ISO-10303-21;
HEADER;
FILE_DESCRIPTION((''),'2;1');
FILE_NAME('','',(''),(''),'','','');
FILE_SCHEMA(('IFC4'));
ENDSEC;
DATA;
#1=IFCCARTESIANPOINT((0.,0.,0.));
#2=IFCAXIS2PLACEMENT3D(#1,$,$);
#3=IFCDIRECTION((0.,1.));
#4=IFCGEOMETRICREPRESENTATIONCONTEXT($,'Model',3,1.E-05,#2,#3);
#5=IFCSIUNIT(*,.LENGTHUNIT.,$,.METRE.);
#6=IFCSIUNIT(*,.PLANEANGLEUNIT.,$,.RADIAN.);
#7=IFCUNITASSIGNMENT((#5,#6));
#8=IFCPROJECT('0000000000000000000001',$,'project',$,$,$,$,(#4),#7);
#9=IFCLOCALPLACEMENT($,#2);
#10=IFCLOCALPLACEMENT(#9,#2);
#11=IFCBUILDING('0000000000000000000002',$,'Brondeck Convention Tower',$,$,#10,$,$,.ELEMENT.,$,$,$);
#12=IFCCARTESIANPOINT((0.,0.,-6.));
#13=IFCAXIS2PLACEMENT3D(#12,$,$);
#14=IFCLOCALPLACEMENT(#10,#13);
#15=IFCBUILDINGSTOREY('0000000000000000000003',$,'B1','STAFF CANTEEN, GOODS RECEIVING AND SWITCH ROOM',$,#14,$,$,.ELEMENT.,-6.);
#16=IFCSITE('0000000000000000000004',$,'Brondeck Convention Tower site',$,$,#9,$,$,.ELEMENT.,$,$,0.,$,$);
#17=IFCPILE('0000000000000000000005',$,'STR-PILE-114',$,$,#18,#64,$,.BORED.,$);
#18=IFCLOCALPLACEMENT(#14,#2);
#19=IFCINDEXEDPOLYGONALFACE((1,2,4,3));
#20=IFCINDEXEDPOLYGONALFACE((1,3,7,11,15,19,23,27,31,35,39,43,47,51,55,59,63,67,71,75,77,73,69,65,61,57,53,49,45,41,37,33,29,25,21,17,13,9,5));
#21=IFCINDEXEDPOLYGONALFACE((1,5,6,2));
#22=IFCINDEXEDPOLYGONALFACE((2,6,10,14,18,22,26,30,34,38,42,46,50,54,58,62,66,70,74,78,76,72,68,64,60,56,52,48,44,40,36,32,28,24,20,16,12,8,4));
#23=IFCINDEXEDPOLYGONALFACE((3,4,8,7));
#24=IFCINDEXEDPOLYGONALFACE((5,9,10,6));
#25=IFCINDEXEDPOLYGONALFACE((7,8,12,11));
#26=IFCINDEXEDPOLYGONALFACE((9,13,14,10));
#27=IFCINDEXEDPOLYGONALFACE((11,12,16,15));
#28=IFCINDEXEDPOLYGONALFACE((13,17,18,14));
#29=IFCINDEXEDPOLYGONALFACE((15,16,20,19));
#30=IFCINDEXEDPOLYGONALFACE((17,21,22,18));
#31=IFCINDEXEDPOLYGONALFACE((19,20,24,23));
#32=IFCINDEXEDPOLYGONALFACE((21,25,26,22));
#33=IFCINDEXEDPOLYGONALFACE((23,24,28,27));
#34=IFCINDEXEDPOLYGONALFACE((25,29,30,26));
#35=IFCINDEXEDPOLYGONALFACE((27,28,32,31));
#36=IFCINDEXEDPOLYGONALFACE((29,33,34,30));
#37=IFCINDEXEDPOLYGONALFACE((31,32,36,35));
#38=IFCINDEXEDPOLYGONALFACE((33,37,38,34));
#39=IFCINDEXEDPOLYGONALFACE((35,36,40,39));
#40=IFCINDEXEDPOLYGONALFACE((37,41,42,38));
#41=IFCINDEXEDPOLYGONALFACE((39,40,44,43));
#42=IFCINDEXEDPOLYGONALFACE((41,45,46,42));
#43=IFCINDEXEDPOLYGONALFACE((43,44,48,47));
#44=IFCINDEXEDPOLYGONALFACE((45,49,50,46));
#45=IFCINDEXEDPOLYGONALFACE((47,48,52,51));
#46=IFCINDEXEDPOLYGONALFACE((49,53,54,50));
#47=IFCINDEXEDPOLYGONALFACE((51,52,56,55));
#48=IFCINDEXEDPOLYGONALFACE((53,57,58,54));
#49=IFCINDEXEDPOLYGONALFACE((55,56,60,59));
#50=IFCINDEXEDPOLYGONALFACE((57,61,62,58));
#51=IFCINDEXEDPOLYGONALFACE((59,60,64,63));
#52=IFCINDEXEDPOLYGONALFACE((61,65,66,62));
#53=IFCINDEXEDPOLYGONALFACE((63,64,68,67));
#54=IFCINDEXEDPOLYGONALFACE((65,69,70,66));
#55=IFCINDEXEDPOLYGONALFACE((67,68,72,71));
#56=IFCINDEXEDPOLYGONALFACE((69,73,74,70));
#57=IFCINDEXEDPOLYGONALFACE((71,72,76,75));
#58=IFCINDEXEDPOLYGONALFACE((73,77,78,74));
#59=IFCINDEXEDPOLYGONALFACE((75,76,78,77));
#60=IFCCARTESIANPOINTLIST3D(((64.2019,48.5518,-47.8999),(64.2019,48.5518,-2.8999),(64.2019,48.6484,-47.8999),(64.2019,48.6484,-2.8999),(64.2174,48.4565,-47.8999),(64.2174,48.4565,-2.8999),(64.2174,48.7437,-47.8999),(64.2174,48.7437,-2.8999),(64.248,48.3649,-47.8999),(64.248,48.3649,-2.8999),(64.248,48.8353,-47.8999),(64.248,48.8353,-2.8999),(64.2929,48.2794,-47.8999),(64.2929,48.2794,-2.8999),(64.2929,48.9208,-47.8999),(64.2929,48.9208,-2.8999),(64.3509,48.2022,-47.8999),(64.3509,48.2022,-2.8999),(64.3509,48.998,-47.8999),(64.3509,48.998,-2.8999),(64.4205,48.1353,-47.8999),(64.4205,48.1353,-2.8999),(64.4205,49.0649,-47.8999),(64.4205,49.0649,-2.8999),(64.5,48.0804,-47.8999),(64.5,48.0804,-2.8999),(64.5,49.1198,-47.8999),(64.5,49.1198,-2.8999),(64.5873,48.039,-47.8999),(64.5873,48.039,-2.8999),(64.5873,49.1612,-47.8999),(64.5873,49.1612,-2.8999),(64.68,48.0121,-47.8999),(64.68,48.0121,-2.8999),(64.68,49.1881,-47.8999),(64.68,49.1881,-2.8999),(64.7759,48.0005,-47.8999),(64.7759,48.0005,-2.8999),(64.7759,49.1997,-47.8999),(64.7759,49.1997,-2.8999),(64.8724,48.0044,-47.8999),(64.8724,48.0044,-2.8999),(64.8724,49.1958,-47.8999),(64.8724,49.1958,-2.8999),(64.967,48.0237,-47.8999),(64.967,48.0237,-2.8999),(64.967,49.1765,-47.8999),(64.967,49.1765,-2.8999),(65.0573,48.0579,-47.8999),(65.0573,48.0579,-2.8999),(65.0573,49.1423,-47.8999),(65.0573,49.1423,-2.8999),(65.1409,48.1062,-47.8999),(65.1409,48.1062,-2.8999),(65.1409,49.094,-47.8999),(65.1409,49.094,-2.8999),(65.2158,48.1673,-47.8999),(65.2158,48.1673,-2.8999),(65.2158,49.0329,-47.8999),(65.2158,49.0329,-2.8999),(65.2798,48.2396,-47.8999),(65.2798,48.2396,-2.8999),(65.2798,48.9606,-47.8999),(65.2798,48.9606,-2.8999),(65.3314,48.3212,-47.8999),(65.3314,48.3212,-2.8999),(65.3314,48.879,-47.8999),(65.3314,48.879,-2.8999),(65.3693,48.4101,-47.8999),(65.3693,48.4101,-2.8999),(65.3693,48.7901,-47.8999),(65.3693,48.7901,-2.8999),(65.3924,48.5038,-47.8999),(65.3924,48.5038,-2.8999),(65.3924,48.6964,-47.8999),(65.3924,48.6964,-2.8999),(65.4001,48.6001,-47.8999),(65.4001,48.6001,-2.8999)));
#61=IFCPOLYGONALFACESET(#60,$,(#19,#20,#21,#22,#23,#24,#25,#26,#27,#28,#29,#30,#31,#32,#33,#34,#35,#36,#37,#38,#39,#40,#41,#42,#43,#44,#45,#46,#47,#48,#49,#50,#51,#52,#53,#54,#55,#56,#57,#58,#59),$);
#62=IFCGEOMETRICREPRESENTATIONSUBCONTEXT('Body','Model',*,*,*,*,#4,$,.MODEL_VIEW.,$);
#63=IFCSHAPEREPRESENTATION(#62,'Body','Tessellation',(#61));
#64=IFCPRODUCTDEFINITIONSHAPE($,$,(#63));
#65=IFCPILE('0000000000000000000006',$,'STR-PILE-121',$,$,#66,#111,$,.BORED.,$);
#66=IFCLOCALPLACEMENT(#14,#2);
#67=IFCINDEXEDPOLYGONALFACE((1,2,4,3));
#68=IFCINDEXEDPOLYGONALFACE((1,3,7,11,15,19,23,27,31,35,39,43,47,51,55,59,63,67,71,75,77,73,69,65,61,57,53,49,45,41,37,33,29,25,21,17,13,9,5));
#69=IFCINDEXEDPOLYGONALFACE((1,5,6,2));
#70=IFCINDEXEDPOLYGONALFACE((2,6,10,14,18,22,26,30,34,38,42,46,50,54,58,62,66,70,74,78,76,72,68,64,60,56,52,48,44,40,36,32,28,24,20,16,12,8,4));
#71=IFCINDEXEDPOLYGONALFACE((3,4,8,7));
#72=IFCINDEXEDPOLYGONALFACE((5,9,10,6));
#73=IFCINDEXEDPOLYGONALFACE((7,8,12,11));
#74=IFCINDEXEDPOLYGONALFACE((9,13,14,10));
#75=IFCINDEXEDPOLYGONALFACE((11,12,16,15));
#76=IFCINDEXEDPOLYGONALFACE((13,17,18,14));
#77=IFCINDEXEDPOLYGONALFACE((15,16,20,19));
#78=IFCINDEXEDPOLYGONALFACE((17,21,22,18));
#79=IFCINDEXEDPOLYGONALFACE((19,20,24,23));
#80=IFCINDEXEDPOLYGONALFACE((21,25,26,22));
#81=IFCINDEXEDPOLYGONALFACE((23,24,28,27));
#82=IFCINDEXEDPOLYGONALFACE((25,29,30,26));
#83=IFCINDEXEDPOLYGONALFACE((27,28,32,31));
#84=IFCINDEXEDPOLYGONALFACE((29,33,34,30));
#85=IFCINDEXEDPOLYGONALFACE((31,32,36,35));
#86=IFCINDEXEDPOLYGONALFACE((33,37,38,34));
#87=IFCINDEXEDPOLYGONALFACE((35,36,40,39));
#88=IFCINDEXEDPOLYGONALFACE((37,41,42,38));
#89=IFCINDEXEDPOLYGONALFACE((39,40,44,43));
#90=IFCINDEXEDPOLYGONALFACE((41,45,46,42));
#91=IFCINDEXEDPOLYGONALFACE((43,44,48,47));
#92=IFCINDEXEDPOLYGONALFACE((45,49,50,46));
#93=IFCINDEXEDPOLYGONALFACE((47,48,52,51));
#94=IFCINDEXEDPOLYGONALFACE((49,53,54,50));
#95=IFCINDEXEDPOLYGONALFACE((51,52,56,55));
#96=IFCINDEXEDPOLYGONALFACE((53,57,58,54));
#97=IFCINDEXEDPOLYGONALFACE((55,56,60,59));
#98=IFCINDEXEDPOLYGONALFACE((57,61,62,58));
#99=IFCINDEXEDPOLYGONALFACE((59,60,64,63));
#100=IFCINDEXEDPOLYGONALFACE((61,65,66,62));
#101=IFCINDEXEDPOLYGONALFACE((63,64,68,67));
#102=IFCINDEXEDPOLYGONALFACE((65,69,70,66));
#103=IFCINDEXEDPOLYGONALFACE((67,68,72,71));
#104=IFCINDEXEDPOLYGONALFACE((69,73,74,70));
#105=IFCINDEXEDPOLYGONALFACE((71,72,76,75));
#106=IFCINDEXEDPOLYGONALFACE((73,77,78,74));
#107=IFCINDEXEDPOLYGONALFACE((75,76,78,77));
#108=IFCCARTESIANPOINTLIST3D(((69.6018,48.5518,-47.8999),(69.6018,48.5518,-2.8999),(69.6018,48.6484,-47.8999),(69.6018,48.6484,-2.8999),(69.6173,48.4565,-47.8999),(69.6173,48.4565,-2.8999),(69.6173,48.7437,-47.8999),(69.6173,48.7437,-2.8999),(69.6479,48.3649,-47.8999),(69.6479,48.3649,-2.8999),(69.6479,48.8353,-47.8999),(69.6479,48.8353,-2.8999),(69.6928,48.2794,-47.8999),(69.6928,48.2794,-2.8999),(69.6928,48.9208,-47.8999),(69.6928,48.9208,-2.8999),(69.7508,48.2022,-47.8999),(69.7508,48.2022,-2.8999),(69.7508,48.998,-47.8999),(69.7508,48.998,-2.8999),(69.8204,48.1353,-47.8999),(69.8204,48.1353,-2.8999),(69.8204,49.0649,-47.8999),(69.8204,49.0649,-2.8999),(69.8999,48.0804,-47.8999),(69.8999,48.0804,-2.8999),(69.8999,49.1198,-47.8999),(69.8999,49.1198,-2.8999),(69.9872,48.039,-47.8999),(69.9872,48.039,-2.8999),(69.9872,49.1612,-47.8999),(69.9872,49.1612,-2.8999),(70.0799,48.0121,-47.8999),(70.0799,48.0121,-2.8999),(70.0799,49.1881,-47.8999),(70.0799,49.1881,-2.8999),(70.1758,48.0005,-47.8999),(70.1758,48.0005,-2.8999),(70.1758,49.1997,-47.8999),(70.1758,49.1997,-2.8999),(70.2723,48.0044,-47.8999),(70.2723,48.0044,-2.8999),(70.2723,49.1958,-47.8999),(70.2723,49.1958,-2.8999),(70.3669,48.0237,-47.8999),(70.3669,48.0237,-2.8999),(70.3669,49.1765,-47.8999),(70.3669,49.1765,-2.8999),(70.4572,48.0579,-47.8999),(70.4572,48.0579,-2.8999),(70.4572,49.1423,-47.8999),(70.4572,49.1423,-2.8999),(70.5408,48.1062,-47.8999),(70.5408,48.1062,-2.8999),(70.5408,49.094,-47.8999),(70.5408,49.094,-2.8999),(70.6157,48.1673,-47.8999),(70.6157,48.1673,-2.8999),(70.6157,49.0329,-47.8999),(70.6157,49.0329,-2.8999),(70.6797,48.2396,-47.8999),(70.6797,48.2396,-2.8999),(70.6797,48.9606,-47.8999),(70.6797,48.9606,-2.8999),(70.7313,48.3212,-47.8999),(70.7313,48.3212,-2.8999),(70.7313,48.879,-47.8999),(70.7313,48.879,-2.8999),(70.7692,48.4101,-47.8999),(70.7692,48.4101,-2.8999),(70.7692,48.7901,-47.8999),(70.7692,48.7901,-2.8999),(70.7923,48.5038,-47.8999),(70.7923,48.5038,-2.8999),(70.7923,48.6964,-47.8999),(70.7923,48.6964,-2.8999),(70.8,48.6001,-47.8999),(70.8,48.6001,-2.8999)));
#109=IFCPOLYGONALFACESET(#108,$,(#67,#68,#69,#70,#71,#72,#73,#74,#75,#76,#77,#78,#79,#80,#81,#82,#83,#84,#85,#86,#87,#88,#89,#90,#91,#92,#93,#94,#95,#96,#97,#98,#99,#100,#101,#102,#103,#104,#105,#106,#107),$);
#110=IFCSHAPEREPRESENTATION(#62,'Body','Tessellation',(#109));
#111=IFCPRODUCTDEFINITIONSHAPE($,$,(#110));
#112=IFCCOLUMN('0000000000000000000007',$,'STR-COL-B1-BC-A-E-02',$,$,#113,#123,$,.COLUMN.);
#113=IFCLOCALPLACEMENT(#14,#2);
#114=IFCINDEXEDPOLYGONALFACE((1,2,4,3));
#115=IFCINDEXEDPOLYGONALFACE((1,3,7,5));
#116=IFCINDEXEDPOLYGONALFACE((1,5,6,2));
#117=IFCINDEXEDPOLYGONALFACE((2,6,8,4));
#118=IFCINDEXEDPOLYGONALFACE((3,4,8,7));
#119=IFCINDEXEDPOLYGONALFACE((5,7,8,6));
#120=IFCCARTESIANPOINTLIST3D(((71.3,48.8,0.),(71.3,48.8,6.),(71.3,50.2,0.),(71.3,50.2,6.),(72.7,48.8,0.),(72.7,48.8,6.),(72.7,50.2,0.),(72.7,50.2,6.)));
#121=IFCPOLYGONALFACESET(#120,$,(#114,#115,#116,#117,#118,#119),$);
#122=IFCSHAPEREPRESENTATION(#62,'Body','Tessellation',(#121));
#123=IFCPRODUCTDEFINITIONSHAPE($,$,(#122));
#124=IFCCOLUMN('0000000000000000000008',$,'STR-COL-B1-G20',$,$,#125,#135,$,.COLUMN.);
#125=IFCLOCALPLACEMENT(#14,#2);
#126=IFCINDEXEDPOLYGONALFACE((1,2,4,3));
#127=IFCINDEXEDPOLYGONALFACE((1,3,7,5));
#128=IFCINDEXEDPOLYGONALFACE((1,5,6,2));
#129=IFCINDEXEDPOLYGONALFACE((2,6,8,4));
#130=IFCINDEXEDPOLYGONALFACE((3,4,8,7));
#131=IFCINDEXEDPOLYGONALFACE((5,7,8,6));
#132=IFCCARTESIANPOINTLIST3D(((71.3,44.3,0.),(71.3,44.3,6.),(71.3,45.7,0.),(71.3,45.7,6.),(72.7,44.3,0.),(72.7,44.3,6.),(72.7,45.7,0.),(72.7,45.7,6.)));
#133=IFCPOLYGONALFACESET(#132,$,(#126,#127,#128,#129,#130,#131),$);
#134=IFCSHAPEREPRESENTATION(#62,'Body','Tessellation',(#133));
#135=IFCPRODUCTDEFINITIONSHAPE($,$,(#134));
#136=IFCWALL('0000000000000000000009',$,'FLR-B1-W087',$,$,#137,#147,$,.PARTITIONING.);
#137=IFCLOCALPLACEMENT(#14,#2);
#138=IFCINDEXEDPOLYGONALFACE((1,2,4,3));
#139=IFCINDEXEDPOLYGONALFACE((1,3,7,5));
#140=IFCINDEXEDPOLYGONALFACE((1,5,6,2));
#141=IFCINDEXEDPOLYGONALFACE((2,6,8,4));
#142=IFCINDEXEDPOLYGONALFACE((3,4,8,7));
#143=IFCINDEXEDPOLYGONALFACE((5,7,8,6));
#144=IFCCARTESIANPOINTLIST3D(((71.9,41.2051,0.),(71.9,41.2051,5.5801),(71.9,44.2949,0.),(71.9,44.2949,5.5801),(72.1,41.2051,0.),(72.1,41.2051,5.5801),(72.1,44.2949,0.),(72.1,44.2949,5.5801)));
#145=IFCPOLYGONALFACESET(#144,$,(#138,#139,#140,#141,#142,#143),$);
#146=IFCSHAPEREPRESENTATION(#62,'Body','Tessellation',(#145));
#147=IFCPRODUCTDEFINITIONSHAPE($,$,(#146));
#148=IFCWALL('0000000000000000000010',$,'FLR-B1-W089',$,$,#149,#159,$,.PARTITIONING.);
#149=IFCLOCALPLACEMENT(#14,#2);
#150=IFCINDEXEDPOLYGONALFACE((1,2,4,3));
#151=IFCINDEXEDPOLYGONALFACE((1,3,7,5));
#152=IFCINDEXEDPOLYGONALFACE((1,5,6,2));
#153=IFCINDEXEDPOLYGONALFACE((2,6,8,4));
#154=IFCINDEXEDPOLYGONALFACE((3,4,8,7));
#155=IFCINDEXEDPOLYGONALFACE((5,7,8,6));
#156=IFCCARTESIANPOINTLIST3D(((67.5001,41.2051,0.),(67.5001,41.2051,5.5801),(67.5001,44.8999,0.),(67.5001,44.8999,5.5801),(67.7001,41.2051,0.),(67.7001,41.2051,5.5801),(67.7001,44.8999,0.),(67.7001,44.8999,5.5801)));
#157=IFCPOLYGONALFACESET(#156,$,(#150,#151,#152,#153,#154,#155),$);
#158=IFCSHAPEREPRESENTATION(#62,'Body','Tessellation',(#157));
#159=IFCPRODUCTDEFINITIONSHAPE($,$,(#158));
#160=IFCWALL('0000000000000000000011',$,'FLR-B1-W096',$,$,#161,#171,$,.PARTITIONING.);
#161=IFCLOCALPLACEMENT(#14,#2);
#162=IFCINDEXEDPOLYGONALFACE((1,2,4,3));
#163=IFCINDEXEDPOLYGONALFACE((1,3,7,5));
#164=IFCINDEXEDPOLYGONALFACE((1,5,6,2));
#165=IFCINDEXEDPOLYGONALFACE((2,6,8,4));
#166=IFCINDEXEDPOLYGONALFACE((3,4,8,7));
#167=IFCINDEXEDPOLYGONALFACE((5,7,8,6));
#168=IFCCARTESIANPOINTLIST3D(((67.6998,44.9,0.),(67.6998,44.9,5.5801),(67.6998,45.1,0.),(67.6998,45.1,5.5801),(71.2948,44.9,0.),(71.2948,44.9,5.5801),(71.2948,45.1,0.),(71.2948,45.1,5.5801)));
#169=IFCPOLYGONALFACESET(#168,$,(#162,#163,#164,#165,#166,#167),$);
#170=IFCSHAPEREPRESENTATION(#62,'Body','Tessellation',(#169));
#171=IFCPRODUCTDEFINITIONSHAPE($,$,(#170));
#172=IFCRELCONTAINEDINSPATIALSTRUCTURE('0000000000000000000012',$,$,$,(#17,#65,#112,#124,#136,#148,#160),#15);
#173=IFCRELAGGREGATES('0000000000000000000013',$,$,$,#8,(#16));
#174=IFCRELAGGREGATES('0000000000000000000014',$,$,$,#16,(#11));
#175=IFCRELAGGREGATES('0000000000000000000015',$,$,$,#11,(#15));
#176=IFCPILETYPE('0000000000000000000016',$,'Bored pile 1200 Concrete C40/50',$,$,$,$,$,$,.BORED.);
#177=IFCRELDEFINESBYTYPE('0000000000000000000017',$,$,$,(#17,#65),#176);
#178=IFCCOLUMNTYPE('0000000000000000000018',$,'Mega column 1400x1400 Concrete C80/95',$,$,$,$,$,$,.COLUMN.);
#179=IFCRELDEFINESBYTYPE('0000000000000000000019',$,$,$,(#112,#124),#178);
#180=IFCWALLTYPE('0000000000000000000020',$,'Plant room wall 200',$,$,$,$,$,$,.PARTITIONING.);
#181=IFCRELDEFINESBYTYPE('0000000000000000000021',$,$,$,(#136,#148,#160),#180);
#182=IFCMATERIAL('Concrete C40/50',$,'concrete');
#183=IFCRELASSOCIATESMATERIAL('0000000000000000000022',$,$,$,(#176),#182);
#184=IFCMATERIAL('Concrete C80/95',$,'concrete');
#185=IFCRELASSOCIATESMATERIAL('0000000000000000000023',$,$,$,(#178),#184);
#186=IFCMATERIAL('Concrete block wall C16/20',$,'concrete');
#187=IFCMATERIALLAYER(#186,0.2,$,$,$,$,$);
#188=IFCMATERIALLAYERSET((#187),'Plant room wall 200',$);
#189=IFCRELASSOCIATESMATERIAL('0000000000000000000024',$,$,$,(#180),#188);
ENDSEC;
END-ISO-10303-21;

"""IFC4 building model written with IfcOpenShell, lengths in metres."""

from ifc_helpers import new_model, si_unit, direction, frame, frame_2d, origin, origin_2d, place, context, subcontext, project, spatial, rectangle, circle, extrude, material, layer, layer_set, material_profile, profile_set, type_object, element, save


model = new_model("IFC4")

# Units and contexts
model_context = context("Model", 3, precision=1e-05, world=origin(), true_north=direction((0.0, 1.0)))
body_context = subcontext(model_context, "Body", "Model", "MODEL_VIEW")
ifc_project = project(units=[si_unit("LENGTHUNIT", "METRE"), si_unit("PLANEANGLEUNIT", "RADIAN")], contexts=[model_context])

# Site, building, storey
site_placement = place(None, origin())
site = spatial("IfcSite", under=ifc_project, at=site_placement, Name="Brondeck Convention Tower site", CompositionType="ELEMENT", RefElevation=0.0)
building_placement = place(site_placement, origin())
building = spatial("IfcBuilding", under=site, at=building_placement, Name="Brondeck Convention Tower", CompositionType="ELEMENT")
storey_placement = place(building_placement, frame((0.0, 0.0, -6.0)))
storey = spatial("IfcBuildingStorey", under=building, at=storey_placement, Name="B1", Description="STAFF CANTEEN, GOODS RECEIVING AND SWITCH ROOM", CompositionType="ELEMENT", Elevation=-6.0)

# Piles
ifc_material_1 = material(Name="Concrete C40/50", Category="concrete")
ifc_material_profile_1 = material_profile(ifc_material_1, circle(Radius=0.6001, at=origin_2d()), Name="Bored pile 1200 Concrete C40/50")
ifc_profile_set_1 = profile_set([ifc_material_profile_1], Name="Concrete C40/50")
pile_type = type_object("IfcPileType", Name="Bored pile 1200 Concrete C40/50", PredefinedType="BORED", material=ifc_profile_set_1)
for number, where, z_axis, x_axis, name in (
    (1, (64.8, 48.6001, -2.8999), (0.0, 0.0, -1.0), (1.0, 0.0, 0.0), "STR-PILE-114"),
    (2, (70.2, 48.6001, -2.8999), (0.0, 0.0, -1.0), (1.0, 0.0, 0.0), "STR-PILE-121"),
):
    element("IfcPile", number, at=place(storey_placement, frame(where, z_axis=z_axis, x_axis=x_axis)), inside=storey, type_object=pile_type, Name=name, PredefinedType="BORED", context=body_context, shape_type="SweptSolid", body=[
        extrude(circle(Radius=0.6001, at=origin_2d()), origin(), (0.0, 0.0, 1.0), 45.0),
    ])

# Columns
ifc_material_2 = material(Name="Concrete C80/95", Category="concrete")
ifc_material_profile_2 = material_profile(ifc_material_2, rectangle(XDim=1.3999, YDim=1.3999, at=origin_2d()), Name="Mega column 1400x1400 Concrete C80/95")
ifc_profile_set_2 = profile_set([ifc_material_profile_2], Name="Concrete C80/95")
column_type = type_object("IfcColumnType", Name="Mega column 1400x1400 Concrete C80/95", PredefinedType="COLUMN", material=ifc_profile_set_2)
for number, where, z_axis, x_axis, name in (
    (3, (72.0, 49.5, 0.0), (0.0, 0.0, 1.0), (1.0, 0.0, 0.0), "STR-COL-B1-BC-A-E-02"),
    (4, (72.0, 45.0, 0.0), (0.0, 0.0, 1.0), (1.0, 0.0, 0.0), "STR-COL-B1-G20"),
):
    element("IfcColumn", number, at=place(storey_placement, frame(where, z_axis=z_axis, x_axis=x_axis)), inside=storey, type_object=column_type, Name=name, PredefinedType="COLUMN", context=body_context, shape_type="SweptSolid", body=[
        extrude(rectangle(XDim=1.3999, YDim=1.3999, at=origin_2d()), origin(), (0.0, 0.0, 1.0), 6.0),
    ])

# Walls
ifc_material_3 = material(Name="Concrete block wall C16/20", Category="concrete")
ifc_layer_1 = layer(ifc_material_3, 0.2)
ifc_layer_set_1 = layer_set([ifc_layer_1], Name="Plant room wall 200")
wall_type_1 = type_object("IfcWallType", Name="Plant room wall 200", PredefinedType="PARTITIONING", material=ifc_layer_set_1)
wall_1_placement = place(storey_placement, frame((72.0, 44.2949, 0.0), z_axis=(0.0, 0.0, 1.0), x_axis=(0.0, -1.0, 0.0)))
element("IfcWall", 5, at=wall_1_placement, inside=storey, type_object=wall_type_1, Name="FLR-B1-W087", PredefinedType="PARTITIONING", context=body_context, shape_type="SweptSolid", body=[
    extrude(rectangle(XDim=3.0898, YDim=0.2, at=frame_2d((1.5449, 0.0))), origin(), (0.0, 0.0, 1.0), 5.5801),
])
wall_2_placement = place(storey_placement, frame((67.6001, 44.8999, 0.0), z_axis=(0.0, 0.0, 1.0), x_axis=(0.0, -1.0, 0.0)))
element("IfcWall", 6, at=wall_2_placement, inside=storey, type_object=wall_type_1, Name="FLR-B1-W089", PredefinedType="PARTITIONING", context=body_context, shape_type="SweptSolid", body=[
    extrude(rectangle(XDim=3.6948, YDim=0.2, at=frame_2d((1.8474, 0.0))), origin(), (0.0, 0.0, 1.0), 5.5801),
])
wall_3_placement = place(storey_placement, frame((67.7, 45.0, 0.0), z_axis=(0.0, 0.0, 1.0), x_axis=(1.0, 0.0, 0.0)))
element("IfcWall", 7, at=wall_3_placement, inside=storey, type_object=wall_type_1, Name="FLR-B1-W096", PredefinedType="PARTITIONING", context=body_context, shape_type="SweptSolid", body=[
    extrude(rectangle(XDim=3.595, YDim=0.2, at=frame_2d((1.7974, 0.0))), origin(), (0.0, 0.0, 1.0), 5.5801),
])

save(model, "model.ifc")
